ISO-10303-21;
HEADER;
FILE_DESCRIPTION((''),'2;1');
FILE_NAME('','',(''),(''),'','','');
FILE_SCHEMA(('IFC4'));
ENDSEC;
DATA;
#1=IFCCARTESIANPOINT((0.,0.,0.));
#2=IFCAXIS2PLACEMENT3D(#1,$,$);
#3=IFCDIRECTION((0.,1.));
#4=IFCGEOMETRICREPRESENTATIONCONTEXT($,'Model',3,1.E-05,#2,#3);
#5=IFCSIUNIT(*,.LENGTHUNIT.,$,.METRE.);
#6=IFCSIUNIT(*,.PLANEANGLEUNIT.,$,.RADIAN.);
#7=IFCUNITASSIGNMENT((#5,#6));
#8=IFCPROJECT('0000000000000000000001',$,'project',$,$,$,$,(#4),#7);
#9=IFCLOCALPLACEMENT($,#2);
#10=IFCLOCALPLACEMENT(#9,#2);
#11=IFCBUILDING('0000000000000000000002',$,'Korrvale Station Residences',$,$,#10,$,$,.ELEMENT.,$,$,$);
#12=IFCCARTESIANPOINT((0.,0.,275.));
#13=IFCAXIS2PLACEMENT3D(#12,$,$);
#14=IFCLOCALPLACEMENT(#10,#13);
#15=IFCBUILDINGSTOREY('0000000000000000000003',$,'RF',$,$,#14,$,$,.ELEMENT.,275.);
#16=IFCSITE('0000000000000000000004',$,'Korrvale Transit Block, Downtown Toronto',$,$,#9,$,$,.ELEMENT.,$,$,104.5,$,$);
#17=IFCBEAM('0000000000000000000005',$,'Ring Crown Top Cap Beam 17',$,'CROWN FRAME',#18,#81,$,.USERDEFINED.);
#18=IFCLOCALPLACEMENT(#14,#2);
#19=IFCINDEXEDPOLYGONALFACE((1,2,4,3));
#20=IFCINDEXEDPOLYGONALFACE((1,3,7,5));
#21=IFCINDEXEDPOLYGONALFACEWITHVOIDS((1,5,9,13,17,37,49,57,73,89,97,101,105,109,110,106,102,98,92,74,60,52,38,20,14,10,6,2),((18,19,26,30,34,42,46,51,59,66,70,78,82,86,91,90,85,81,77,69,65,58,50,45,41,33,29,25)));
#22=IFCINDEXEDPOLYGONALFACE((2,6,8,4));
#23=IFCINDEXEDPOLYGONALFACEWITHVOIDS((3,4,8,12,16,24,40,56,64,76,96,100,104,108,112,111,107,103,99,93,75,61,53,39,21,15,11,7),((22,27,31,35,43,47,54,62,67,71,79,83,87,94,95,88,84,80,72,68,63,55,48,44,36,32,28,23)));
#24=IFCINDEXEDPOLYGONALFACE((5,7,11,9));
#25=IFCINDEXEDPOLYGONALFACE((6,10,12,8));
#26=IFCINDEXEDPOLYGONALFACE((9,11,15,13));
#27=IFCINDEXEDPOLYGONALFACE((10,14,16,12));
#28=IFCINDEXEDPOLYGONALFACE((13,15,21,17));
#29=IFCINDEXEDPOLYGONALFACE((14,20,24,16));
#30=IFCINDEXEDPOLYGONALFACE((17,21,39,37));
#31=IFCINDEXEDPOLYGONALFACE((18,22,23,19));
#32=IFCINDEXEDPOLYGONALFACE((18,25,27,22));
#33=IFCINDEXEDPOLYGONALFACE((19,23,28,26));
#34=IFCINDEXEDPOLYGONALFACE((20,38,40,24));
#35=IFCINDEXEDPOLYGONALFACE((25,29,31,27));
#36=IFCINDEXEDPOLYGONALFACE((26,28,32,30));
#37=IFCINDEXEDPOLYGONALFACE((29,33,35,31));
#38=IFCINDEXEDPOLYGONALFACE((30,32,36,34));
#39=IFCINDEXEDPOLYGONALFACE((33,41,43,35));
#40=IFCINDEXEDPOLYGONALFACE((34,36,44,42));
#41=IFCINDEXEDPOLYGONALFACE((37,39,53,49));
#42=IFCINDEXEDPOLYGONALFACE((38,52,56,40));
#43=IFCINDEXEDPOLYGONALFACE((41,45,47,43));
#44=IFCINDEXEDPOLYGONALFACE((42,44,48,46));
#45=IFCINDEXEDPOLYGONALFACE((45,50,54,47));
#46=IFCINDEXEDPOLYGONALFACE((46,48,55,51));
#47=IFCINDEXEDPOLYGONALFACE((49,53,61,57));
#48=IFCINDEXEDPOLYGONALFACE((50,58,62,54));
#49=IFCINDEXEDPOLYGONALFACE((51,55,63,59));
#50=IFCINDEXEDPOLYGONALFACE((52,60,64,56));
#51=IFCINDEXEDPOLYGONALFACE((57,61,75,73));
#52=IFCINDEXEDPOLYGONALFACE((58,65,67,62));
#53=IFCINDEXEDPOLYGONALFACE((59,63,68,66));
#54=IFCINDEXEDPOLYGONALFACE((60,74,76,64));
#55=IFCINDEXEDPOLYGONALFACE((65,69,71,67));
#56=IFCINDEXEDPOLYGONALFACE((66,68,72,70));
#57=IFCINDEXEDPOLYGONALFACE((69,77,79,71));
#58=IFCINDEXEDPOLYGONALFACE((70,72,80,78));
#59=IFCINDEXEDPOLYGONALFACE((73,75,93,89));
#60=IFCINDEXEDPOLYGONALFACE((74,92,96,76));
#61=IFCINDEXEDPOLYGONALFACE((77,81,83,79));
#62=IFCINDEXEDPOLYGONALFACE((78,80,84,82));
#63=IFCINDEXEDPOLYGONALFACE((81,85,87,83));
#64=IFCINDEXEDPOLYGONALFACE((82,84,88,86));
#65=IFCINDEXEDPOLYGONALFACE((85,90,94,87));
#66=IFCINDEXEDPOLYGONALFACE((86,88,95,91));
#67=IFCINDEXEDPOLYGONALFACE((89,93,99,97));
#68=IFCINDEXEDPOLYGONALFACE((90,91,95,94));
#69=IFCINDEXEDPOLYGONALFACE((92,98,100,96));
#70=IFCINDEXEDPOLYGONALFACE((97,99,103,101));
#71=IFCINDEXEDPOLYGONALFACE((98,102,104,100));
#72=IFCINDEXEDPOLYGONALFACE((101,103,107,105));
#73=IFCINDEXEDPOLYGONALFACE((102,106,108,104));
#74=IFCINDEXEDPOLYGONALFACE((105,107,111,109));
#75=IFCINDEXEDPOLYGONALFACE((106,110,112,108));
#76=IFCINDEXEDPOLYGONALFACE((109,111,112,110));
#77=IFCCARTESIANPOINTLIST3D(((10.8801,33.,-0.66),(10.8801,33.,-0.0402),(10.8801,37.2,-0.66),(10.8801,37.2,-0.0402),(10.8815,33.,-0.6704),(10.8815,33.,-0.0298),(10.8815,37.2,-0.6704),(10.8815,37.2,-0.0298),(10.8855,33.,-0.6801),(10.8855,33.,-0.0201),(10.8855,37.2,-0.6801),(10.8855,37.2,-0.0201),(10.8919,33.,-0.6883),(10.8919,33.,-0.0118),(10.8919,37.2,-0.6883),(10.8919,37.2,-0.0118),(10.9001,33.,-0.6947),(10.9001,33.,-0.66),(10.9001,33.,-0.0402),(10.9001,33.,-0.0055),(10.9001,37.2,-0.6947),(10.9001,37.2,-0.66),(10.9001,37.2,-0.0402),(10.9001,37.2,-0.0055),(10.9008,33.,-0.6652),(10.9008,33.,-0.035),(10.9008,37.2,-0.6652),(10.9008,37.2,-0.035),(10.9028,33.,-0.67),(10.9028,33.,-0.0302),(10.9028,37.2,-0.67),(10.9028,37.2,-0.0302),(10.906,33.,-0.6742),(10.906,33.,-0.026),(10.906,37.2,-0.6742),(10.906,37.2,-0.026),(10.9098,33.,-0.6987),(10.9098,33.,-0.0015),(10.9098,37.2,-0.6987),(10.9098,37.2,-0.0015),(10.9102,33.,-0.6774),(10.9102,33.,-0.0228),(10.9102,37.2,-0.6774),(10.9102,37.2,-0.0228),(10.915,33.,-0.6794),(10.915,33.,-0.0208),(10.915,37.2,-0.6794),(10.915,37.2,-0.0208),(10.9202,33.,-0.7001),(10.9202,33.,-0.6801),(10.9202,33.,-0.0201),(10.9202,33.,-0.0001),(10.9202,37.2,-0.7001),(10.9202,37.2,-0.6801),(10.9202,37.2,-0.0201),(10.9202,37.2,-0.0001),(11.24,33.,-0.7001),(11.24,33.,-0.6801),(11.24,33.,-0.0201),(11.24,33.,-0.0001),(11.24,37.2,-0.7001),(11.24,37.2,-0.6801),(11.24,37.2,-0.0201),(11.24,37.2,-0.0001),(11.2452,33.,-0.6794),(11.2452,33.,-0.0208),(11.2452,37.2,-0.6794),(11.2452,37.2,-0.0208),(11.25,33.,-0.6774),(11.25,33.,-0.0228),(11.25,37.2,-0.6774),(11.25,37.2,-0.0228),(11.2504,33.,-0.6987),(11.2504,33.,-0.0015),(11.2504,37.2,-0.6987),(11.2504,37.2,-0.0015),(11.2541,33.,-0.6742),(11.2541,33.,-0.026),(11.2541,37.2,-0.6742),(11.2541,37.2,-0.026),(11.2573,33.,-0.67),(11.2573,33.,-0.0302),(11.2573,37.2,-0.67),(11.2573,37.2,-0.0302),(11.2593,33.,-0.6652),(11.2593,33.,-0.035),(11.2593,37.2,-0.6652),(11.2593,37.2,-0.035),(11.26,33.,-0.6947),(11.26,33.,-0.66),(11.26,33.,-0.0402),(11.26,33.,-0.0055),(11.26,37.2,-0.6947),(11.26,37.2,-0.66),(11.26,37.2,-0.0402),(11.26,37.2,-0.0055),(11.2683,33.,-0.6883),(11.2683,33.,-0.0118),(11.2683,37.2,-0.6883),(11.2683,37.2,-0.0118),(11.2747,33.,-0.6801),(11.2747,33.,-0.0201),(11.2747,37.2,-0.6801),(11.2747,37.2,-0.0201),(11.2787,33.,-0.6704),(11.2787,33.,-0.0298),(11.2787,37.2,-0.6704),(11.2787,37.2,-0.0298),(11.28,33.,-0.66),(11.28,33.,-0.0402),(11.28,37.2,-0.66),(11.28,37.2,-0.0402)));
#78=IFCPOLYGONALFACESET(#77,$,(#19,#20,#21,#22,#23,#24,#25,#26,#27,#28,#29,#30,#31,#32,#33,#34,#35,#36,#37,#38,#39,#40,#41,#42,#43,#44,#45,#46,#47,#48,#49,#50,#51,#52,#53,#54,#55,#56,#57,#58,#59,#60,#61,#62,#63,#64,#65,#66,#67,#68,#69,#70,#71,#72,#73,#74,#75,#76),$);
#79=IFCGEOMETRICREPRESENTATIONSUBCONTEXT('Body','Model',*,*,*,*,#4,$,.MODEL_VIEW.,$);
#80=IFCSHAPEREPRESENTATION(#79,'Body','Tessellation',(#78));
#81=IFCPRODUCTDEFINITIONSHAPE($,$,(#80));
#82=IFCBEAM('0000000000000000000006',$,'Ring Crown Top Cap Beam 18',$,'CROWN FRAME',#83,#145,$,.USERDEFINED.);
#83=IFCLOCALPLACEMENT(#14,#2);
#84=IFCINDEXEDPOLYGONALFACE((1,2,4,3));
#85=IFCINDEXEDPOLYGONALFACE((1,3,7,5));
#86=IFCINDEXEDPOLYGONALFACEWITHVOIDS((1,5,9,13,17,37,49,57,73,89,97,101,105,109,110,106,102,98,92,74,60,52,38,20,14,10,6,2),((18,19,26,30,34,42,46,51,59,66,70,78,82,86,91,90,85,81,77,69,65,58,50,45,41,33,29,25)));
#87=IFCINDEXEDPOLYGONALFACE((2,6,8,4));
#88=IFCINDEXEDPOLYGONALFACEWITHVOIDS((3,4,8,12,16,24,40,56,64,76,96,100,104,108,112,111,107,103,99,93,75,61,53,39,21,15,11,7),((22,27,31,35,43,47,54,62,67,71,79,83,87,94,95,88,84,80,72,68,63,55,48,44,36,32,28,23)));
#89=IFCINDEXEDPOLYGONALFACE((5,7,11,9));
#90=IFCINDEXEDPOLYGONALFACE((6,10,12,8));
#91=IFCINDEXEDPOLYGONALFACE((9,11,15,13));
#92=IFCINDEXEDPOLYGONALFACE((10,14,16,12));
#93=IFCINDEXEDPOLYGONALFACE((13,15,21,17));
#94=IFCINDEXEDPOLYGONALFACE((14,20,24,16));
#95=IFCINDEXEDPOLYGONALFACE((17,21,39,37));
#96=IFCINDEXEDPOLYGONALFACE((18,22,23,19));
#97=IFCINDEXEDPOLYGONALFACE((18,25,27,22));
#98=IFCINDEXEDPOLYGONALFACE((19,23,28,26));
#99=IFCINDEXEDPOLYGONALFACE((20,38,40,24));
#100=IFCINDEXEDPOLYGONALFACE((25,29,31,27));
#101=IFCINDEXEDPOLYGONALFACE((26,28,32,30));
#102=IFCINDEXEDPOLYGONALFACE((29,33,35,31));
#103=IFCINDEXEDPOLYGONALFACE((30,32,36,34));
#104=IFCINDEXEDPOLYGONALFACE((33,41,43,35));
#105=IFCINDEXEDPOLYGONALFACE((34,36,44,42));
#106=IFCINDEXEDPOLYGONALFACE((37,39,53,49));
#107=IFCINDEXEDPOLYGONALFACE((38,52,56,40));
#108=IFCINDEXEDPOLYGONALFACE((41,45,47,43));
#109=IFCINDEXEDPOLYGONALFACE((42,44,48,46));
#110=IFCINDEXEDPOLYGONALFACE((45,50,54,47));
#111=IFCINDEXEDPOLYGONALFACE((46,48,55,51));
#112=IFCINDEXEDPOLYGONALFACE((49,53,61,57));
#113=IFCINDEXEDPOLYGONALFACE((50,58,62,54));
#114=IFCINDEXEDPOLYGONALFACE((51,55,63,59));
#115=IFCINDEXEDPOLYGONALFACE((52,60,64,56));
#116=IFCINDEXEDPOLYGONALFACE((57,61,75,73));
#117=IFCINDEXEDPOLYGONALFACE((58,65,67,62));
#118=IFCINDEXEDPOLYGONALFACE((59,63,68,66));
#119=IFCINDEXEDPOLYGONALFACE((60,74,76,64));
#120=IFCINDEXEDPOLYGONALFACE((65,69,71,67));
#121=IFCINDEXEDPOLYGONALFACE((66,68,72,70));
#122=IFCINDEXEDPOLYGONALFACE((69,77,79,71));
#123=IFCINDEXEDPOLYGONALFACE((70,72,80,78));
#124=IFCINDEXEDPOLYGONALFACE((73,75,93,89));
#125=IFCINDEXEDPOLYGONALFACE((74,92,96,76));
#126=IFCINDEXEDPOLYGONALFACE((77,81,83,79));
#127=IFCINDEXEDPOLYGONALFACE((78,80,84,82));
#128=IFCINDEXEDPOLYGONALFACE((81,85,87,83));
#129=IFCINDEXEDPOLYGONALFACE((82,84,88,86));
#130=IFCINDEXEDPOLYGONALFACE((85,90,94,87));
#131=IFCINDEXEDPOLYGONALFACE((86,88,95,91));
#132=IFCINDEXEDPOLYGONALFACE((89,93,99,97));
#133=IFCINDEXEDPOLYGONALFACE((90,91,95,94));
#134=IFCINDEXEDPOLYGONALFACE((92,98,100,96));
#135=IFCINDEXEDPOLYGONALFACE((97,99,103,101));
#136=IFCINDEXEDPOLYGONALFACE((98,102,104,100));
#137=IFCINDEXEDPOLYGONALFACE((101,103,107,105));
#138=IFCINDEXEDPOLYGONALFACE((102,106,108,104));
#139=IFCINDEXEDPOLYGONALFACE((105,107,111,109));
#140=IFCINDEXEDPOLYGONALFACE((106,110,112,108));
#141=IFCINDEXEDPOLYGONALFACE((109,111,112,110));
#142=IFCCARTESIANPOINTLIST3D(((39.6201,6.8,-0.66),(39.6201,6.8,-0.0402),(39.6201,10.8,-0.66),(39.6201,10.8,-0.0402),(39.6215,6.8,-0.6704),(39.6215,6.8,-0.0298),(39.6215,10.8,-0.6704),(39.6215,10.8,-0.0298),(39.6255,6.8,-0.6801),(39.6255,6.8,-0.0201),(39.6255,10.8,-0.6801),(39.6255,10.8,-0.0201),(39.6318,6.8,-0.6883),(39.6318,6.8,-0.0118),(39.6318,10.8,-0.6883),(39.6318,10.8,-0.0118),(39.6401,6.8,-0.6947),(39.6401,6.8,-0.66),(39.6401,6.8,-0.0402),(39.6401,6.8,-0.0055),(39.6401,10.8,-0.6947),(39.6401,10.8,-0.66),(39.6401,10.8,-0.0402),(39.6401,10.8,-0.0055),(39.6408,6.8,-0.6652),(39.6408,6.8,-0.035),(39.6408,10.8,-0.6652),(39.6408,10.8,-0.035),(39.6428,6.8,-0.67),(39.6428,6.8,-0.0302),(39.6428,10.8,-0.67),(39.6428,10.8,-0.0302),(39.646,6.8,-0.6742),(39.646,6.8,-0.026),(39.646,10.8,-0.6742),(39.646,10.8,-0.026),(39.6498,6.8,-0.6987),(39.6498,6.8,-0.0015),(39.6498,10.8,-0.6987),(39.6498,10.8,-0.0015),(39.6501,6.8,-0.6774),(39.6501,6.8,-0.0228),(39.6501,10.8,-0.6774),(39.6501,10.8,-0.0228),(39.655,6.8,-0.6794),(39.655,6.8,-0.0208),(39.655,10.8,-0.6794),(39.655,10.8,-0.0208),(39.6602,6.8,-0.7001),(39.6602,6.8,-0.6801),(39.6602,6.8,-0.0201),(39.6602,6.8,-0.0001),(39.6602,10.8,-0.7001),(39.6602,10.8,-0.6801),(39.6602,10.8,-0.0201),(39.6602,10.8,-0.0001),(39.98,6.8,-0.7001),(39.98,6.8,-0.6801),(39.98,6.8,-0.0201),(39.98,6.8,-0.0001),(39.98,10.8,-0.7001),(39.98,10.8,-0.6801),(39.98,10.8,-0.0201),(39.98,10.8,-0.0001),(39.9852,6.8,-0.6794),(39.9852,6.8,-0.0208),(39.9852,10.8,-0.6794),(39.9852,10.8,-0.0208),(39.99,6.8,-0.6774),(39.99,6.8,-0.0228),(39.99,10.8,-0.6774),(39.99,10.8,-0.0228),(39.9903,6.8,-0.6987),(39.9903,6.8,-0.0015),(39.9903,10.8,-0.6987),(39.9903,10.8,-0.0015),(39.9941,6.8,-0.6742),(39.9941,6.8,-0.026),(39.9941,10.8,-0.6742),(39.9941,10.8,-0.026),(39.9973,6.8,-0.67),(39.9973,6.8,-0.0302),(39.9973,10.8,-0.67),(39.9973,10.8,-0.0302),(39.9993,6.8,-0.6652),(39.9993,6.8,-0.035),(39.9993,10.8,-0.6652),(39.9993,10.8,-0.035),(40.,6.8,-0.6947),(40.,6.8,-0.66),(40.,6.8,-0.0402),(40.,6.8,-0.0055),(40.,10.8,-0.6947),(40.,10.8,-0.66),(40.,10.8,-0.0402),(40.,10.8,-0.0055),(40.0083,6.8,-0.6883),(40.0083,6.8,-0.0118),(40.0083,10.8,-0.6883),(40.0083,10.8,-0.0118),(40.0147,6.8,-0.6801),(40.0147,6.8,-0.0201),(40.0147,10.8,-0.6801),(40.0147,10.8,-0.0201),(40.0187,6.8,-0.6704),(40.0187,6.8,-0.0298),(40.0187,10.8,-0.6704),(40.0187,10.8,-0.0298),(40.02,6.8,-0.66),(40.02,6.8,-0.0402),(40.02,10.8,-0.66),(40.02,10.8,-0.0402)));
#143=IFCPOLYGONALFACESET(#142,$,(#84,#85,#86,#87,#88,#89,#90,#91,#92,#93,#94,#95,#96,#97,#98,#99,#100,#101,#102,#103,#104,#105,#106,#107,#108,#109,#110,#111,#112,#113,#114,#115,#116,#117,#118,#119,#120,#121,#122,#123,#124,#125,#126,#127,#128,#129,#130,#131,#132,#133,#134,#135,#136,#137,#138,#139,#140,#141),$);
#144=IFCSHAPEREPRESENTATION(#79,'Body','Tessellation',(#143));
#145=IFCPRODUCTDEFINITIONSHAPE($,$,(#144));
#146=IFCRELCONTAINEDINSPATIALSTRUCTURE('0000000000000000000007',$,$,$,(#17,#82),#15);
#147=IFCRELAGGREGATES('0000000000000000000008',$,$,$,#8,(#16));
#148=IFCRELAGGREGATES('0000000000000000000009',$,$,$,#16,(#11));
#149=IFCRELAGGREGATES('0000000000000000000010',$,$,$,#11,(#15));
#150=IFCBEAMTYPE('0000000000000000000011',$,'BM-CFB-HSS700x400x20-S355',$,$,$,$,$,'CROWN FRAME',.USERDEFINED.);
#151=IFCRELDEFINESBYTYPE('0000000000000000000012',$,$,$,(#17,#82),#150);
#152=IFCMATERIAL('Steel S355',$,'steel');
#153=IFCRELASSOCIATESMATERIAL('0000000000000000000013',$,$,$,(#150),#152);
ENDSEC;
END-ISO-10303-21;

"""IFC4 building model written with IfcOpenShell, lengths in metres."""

from ifc_helpers import new_model, si_unit, direction, frame, origin, origin_2d, place, context, subcontext, project, spatial, hollow_rectangle, extrude, material, material_profile, profile_set, type_object, element, save


model = new_model("IFC4")

# Units and contexts
model_context = context("Model", 3, precision=1e-05, world=origin(), true_north=direction((0.0, 1.0)))
body_context = subcontext(model_context, "Body", "Model", "MODEL_VIEW")
ifc_project = project(units=[si_unit("LENGTHUNIT", "METRE"), si_unit("PLANEANGLEUNIT", "RADIAN")], contexts=[model_context])

# Site, building, storey
site_placement = place(None, origin())
site = spatial("IfcSite", under=ifc_project, at=site_placement, Name="Korrvale Transit Block, Downtown Toronto", CompositionType="ELEMENT", RefElevation=104.5)
building_placement = place(site_placement, origin())
building = spatial("IfcBuilding", under=site, at=building_placement, Name="Korrvale Station Residences", CompositionType="ELEMENT")
storey_placement = place(building_placement, frame((0.0, 0.0, 275.0)))
storey = spatial("IfcBuildingStorey", under=building, at=storey_placement, Name="RF", CompositionType="ELEMENT", Elevation=275.0)

# Beams
ifc_material_1 = material(Name="Steel S355", Category="steel")
ifc_material_profile = material_profile(ifc_material_1, hollow_rectangle(XDim=0.3999, YDim=0.7, WallThickness=0.02, InnerFilletRadius=0.02, OuterFilletRadius=0.04, at=origin_2d()), Name="HSS700x400x20")
ifc_profile_set = profile_set([ifc_material_profile], Name="Steel S355")
beam_type = type_object("IfcBeamType", Name="BM-CFB-HSS700x400x20-S355", ElementType="CROWN FRAME", PredefinedType="USERDEFINED", material=ifc_profile_set)
beam_1_placement = place(storey_placement, frame((11.0801, 33.0, -0.3501), z_axis=(0.0, 1.0, 0.0), x_axis=(-1.0, 0.0, 0.0)))
element("IfcBeam", 1, at=beam_1_placement, inside=storey, type_object=beam_type, Name="Ring Crown Top Cap Beam 17", ObjectType="CROWN FRAME", PredefinedType="USERDEFINED", context=body_context, shape_type="SweptSolid", body=[
    extrude(hollow_rectangle(XDim=0.3999, YDim=0.7, WallThickness=0.02, InnerFilletRadius=0.02, OuterFilletRadius=0.04, at=origin_2d()), origin(), (0.0, 0.0, 1.0), 4.2),
])
beam_2_placement = place(storey_placement, frame((39.8201, 6.8, -0.3501), z_axis=(0.0, 1.0, 0.0), x_axis=(-1.0, 0.0, 0.0)))
element("IfcBeam", 2, at=beam_2_placement, inside=storey, type_object=beam_type, Name="Ring Crown Top Cap Beam 18", ObjectType="CROWN FRAME", PredefinedType="USERDEFINED", context=body_context, shape_type="SweptSolid", body=[
    extrude(hollow_rectangle(XDim=0.3999, YDim=0.7, WallThickness=0.02, InnerFilletRadius=0.02, OuterFilletRadius=0.04, at=origin_2d()), origin(), (0.0, 0.0, 1.0), 4.0),
])

save(model, "model.ifc")
